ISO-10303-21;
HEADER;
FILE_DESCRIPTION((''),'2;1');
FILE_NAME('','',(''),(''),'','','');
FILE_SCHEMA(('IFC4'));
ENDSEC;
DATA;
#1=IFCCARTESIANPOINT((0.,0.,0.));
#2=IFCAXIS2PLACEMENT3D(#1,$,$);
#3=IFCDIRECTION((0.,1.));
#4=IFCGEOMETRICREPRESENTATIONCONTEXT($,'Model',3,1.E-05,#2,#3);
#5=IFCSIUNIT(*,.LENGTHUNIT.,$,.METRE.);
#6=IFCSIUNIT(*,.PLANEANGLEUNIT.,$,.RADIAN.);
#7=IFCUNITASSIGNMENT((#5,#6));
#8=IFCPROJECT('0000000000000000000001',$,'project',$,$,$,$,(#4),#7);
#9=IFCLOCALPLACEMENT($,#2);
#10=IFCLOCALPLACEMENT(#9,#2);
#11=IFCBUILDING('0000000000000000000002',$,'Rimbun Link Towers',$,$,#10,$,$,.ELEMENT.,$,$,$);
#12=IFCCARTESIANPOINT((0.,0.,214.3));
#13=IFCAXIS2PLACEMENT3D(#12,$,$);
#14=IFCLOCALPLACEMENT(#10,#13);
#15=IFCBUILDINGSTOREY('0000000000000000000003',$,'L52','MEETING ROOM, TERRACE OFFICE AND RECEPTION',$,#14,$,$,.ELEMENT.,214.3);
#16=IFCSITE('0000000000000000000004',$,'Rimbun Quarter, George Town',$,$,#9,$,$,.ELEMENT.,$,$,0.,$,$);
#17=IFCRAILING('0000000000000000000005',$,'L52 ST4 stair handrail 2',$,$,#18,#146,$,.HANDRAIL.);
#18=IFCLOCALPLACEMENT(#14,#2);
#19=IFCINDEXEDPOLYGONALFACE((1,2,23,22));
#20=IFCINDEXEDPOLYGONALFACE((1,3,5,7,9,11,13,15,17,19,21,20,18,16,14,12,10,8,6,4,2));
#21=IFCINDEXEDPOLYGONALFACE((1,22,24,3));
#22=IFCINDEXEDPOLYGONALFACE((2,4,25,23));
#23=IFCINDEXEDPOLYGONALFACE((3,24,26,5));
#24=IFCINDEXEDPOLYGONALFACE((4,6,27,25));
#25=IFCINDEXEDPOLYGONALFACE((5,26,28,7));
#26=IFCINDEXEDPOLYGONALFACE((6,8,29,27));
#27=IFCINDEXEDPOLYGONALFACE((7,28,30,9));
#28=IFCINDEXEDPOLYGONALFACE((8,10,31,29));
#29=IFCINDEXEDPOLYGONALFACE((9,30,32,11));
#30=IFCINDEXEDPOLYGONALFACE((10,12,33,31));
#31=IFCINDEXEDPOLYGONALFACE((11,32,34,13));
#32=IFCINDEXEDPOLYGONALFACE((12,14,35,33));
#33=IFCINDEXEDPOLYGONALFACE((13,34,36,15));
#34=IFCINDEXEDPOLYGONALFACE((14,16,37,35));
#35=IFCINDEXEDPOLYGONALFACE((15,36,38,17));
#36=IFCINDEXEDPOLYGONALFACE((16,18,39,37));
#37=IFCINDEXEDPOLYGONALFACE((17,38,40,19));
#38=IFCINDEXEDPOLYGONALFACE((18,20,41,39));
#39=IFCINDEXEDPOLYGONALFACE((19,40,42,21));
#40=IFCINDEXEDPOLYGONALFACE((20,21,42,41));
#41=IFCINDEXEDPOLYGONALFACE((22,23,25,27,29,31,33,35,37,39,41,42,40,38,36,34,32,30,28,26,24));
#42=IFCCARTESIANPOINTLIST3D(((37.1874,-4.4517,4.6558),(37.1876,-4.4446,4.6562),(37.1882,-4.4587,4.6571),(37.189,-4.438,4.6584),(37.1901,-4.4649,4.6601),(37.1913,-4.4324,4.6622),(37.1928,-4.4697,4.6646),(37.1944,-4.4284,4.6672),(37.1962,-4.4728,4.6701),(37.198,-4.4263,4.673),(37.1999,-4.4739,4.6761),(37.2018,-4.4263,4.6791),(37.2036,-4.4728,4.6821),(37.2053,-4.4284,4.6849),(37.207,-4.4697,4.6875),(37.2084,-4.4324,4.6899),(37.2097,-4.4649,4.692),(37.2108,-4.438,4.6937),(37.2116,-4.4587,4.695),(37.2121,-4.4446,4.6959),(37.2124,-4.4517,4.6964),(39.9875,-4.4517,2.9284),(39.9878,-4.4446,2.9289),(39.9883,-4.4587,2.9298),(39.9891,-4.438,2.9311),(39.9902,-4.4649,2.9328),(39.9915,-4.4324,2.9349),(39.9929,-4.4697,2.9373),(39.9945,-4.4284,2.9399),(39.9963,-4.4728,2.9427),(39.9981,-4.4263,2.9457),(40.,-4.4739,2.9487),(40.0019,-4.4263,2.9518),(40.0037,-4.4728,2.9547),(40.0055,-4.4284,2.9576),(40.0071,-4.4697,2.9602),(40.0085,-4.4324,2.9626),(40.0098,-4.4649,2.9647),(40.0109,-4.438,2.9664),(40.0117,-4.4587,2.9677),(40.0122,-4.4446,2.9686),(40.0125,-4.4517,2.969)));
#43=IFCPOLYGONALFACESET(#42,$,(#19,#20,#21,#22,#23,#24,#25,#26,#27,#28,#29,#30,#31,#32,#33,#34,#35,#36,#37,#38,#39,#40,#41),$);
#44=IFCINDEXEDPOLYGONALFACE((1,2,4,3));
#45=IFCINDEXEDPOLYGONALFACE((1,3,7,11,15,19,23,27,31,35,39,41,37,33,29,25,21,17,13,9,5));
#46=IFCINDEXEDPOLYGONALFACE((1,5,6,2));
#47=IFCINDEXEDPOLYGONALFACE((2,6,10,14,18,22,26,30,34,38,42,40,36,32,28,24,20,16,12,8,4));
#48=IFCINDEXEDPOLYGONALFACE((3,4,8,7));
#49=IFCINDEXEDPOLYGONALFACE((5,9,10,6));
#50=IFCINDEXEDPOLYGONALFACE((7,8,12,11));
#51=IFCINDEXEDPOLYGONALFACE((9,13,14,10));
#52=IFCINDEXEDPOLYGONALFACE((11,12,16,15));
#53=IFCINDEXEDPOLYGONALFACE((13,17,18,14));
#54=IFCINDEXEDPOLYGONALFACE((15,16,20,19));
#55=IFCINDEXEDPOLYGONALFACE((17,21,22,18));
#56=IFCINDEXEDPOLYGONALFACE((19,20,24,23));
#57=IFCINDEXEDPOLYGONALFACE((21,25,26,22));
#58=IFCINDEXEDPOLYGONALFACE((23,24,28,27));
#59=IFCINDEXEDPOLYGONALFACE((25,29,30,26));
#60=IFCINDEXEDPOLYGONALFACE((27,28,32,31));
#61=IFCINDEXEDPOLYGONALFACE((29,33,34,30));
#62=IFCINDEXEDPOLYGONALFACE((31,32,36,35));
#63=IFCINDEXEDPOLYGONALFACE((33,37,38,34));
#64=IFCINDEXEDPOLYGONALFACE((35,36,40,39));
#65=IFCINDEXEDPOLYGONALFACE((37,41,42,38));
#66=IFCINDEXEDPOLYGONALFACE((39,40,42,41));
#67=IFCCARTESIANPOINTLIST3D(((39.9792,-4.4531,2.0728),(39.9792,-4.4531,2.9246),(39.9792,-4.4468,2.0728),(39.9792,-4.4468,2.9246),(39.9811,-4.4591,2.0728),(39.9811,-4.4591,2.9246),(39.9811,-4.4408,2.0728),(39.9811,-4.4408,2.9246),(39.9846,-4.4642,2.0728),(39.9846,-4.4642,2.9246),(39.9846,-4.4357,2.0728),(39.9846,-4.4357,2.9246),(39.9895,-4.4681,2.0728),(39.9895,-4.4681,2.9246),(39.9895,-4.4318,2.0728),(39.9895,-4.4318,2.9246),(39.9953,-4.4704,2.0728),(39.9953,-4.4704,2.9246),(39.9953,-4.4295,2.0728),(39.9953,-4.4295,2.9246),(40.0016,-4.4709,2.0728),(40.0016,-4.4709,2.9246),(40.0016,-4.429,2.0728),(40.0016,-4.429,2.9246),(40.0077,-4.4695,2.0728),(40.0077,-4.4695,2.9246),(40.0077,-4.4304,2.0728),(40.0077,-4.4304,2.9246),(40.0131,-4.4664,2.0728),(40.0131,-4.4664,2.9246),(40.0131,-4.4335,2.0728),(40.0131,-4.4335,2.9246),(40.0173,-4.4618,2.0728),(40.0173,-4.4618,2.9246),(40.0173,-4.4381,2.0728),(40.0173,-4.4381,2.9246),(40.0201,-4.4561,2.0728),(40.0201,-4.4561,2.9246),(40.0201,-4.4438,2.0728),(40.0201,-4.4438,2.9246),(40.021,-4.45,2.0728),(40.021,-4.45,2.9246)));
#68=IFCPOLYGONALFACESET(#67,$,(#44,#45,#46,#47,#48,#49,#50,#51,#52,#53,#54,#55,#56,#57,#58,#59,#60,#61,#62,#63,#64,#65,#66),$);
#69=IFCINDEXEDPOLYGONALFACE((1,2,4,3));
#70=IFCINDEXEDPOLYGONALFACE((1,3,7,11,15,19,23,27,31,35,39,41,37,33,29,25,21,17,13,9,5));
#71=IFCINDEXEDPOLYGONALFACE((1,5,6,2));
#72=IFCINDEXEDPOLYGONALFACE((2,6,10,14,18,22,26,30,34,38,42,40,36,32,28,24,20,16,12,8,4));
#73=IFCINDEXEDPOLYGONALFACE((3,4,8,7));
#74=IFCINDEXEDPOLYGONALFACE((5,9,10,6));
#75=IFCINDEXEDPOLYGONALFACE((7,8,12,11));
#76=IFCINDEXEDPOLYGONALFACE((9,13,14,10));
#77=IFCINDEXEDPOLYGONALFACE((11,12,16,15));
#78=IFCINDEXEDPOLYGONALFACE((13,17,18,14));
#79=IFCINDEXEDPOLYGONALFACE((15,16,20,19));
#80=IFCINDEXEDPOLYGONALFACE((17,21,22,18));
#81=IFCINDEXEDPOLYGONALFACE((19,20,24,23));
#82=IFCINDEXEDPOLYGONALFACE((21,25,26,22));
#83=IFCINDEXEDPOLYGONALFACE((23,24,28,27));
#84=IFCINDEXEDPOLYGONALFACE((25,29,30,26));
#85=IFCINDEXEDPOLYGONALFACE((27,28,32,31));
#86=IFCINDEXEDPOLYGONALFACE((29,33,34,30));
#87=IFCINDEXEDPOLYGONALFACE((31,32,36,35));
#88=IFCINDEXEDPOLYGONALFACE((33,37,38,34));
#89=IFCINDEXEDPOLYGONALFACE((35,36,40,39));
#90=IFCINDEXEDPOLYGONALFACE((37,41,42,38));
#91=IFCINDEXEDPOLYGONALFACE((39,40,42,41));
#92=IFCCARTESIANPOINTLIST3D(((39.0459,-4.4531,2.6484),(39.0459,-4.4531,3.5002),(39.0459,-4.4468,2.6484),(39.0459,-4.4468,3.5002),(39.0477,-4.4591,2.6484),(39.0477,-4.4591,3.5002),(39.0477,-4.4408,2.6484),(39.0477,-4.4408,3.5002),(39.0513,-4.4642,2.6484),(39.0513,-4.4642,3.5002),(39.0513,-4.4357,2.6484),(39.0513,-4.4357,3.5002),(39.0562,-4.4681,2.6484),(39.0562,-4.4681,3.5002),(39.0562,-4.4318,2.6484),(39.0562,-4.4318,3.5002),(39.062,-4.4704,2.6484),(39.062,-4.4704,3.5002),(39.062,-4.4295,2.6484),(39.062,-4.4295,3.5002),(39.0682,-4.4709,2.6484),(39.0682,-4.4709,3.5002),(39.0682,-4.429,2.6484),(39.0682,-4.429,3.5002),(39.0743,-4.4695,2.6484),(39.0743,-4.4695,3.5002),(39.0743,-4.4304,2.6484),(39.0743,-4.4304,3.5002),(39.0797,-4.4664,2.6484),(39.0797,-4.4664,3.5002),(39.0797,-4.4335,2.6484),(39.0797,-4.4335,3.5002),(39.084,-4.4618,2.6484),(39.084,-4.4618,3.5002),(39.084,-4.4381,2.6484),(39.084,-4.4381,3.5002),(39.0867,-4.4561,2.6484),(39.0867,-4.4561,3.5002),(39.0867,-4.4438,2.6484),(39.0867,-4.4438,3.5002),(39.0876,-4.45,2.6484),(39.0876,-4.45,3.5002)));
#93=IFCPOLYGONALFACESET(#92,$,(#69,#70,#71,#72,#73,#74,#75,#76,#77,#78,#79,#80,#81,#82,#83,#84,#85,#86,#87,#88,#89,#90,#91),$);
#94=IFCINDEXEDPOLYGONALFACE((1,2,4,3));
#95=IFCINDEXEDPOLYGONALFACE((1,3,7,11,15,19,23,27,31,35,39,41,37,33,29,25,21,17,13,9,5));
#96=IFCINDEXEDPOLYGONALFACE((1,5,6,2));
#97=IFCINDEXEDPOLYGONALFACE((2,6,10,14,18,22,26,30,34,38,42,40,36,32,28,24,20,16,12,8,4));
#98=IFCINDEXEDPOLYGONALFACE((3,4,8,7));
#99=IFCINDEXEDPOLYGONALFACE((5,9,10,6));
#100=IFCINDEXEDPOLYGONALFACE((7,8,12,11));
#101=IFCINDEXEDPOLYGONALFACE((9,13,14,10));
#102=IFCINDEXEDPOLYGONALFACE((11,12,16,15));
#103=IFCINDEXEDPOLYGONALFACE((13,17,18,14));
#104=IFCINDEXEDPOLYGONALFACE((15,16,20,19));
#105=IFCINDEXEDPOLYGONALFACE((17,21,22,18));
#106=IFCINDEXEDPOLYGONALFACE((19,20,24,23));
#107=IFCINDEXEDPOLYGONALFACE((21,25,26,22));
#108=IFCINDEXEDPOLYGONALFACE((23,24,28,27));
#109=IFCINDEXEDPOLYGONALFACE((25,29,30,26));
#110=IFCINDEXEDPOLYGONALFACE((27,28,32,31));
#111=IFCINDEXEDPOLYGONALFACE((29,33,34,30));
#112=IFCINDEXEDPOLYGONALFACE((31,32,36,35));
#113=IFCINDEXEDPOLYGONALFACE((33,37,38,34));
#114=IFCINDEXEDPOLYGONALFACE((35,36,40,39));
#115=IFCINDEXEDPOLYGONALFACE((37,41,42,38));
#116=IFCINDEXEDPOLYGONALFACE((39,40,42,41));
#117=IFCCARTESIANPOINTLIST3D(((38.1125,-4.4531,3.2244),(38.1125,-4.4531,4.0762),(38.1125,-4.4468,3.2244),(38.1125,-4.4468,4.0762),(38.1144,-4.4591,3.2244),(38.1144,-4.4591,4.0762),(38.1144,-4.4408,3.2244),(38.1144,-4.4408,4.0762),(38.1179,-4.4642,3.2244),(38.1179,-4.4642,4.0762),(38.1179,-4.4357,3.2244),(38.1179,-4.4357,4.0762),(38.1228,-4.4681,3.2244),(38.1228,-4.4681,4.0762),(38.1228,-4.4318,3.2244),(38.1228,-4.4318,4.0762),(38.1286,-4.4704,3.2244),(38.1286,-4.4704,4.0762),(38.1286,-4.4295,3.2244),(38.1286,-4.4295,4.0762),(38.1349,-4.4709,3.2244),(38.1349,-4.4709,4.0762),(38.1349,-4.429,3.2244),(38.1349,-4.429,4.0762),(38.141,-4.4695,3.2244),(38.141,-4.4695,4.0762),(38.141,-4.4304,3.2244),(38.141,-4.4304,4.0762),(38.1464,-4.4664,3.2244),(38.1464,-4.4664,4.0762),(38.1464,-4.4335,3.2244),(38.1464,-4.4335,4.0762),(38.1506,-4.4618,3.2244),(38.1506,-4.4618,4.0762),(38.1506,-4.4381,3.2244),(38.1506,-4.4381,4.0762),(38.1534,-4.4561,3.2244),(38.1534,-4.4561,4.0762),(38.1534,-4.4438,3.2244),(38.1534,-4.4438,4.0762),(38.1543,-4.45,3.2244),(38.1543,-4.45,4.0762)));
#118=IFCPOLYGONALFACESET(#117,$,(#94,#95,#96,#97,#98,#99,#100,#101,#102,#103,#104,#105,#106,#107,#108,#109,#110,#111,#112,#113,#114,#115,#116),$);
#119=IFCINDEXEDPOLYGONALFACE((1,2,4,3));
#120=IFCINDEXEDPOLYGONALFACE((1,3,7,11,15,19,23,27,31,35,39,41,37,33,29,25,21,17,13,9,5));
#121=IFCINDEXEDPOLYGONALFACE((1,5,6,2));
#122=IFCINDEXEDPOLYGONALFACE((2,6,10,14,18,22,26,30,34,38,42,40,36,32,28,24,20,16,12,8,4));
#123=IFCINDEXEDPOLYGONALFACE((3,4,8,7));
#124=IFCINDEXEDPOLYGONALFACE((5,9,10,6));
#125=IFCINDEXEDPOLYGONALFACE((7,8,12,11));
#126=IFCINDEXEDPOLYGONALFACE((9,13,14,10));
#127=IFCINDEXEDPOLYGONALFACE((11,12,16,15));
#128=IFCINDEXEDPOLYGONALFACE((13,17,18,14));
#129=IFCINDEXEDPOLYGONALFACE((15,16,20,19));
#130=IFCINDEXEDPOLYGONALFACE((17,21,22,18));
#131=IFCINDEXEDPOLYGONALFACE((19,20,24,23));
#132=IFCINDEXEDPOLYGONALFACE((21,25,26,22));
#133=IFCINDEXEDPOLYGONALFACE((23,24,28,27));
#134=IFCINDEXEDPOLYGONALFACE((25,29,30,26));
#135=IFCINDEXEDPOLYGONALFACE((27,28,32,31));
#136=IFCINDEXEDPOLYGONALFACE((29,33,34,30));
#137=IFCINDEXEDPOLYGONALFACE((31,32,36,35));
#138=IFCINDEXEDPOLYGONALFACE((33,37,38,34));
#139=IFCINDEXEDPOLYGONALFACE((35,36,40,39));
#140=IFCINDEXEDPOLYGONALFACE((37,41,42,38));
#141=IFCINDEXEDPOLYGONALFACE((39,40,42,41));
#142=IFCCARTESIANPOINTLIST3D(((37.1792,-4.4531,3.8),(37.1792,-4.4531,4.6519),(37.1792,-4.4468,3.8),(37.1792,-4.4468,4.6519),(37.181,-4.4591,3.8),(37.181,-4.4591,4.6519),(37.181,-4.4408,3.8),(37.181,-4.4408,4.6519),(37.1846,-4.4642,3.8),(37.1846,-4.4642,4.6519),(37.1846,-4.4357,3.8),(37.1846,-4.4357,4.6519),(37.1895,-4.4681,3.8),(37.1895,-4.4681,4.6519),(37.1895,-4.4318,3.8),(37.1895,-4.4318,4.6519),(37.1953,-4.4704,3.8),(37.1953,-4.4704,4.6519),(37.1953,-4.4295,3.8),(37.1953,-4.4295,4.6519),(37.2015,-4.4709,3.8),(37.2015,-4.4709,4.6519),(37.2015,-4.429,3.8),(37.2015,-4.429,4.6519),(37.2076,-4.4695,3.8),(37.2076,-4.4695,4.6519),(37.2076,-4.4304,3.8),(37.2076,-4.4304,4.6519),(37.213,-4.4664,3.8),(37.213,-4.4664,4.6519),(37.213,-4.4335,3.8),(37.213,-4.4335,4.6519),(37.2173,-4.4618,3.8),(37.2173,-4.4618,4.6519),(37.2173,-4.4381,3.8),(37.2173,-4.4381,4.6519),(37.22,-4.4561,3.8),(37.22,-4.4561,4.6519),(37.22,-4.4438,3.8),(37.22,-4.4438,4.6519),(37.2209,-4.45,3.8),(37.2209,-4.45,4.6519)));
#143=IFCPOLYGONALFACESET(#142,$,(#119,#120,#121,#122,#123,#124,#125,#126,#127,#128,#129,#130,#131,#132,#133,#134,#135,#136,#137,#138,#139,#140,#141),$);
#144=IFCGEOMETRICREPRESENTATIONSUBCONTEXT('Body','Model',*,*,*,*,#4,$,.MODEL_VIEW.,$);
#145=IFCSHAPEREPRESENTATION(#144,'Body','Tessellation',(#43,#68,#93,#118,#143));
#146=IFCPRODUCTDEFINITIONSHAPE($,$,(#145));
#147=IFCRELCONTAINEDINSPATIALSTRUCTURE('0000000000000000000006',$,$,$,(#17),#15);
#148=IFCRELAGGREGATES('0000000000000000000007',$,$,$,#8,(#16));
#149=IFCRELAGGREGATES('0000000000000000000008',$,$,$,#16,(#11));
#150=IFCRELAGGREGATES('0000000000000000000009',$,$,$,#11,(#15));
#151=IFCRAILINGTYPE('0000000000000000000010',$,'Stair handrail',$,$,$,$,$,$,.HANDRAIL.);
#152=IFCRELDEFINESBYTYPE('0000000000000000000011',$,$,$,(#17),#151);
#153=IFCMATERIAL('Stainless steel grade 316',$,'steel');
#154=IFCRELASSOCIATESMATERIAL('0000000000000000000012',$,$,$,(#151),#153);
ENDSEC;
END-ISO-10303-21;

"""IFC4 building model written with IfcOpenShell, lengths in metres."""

from ifc_helpers import new_model, si_unit, direction, frame, origin, origin_2d, place, context, subcontext, project, spatial, circle, extrude, material, type_object, element, save


model = new_model("IFC4")

# Units and contexts
model_context = context("Model", 3, precision=1e-05, world=origin(), true_north=direction((0.0, 1.0)))
body_context = subcontext(model_context, "Body", "Model", "MODEL_VIEW")
ifc_project = project(units=[si_unit("LENGTHUNIT", "METRE"), si_unit("PLANEANGLEUNIT", "RADIAN")], contexts=[model_context])

# Site, building, storey
site_placement = place(None, origin())
site = spatial("IfcSite", under=ifc_project, at=site_placement, Name="Rimbun Quarter, George Town", CompositionType="ELEMENT", RefElevation=0.0)
building_placement = place(site_placement, origin())
building = spatial("IfcBuilding", under=site, at=building_placement, Name="Rimbun Link Towers", CompositionType="ELEMENT")
storey_placement = place(building_placement, frame((0.0, 0.0, 214.3)))
storey = spatial("IfcBuildingStorey", under=building, at=storey_placement, Name="L52", Description="MEETING ROOM, TERRACE OFFICE AND RECEPTION", CompositionType="ELEMENT", Elevation=214.3)

# Railing
ifc_material_1 = material(Name="Stainless steel grade 316", Category="steel")
railing_type_1 = type_object("IfcRailingType", Name="Stair handrail", PredefinedType="HANDRAIL", material=ifc_material_1)
railing_1_placement = place(storey_placement, frame((40.0, -4.45, 2.0728)))
element("IfcRailing", 1, at=railing_1_placement, inside=storey, type_object=railing_type_1, Name="L52 ST4 stair handrail 2", PredefinedType="HANDRAIL", context=body_context, shape_type="SweptSolid", body=[
    extrude(circle(Radius=0.0239, at=origin_2d()), frame((0.0, 0.0, 0.876), z_axis=(-0.85109, 0.0, 0.52502), x_axis=(0.0, -1.0, 0.0)), (0.0, 0.0, 1.0), 3.29),
    extrude(circle(Radius=0.021, at=origin_2d()), origin(), (0.0, 0.0, 1.0), 0.8518),
    extrude(circle(Radius=0.021, at=origin_2d()), frame((-0.9333, 0.0, 0.5757)), (0.0, 0.0, 1.0), 0.8518),
    extrude(circle(Radius=0.021, at=origin_2d()), frame((-1.8667, 0.0, 1.1516)), (0.0, 0.0, 1.0), 0.8518),
    extrude(circle(Radius=0.021, at=origin_2d()), frame((-2.8, 0.0, 1.7273)), (0.0, 0.0, 1.0), 0.8518),
])

save(model, "model.ifc")
